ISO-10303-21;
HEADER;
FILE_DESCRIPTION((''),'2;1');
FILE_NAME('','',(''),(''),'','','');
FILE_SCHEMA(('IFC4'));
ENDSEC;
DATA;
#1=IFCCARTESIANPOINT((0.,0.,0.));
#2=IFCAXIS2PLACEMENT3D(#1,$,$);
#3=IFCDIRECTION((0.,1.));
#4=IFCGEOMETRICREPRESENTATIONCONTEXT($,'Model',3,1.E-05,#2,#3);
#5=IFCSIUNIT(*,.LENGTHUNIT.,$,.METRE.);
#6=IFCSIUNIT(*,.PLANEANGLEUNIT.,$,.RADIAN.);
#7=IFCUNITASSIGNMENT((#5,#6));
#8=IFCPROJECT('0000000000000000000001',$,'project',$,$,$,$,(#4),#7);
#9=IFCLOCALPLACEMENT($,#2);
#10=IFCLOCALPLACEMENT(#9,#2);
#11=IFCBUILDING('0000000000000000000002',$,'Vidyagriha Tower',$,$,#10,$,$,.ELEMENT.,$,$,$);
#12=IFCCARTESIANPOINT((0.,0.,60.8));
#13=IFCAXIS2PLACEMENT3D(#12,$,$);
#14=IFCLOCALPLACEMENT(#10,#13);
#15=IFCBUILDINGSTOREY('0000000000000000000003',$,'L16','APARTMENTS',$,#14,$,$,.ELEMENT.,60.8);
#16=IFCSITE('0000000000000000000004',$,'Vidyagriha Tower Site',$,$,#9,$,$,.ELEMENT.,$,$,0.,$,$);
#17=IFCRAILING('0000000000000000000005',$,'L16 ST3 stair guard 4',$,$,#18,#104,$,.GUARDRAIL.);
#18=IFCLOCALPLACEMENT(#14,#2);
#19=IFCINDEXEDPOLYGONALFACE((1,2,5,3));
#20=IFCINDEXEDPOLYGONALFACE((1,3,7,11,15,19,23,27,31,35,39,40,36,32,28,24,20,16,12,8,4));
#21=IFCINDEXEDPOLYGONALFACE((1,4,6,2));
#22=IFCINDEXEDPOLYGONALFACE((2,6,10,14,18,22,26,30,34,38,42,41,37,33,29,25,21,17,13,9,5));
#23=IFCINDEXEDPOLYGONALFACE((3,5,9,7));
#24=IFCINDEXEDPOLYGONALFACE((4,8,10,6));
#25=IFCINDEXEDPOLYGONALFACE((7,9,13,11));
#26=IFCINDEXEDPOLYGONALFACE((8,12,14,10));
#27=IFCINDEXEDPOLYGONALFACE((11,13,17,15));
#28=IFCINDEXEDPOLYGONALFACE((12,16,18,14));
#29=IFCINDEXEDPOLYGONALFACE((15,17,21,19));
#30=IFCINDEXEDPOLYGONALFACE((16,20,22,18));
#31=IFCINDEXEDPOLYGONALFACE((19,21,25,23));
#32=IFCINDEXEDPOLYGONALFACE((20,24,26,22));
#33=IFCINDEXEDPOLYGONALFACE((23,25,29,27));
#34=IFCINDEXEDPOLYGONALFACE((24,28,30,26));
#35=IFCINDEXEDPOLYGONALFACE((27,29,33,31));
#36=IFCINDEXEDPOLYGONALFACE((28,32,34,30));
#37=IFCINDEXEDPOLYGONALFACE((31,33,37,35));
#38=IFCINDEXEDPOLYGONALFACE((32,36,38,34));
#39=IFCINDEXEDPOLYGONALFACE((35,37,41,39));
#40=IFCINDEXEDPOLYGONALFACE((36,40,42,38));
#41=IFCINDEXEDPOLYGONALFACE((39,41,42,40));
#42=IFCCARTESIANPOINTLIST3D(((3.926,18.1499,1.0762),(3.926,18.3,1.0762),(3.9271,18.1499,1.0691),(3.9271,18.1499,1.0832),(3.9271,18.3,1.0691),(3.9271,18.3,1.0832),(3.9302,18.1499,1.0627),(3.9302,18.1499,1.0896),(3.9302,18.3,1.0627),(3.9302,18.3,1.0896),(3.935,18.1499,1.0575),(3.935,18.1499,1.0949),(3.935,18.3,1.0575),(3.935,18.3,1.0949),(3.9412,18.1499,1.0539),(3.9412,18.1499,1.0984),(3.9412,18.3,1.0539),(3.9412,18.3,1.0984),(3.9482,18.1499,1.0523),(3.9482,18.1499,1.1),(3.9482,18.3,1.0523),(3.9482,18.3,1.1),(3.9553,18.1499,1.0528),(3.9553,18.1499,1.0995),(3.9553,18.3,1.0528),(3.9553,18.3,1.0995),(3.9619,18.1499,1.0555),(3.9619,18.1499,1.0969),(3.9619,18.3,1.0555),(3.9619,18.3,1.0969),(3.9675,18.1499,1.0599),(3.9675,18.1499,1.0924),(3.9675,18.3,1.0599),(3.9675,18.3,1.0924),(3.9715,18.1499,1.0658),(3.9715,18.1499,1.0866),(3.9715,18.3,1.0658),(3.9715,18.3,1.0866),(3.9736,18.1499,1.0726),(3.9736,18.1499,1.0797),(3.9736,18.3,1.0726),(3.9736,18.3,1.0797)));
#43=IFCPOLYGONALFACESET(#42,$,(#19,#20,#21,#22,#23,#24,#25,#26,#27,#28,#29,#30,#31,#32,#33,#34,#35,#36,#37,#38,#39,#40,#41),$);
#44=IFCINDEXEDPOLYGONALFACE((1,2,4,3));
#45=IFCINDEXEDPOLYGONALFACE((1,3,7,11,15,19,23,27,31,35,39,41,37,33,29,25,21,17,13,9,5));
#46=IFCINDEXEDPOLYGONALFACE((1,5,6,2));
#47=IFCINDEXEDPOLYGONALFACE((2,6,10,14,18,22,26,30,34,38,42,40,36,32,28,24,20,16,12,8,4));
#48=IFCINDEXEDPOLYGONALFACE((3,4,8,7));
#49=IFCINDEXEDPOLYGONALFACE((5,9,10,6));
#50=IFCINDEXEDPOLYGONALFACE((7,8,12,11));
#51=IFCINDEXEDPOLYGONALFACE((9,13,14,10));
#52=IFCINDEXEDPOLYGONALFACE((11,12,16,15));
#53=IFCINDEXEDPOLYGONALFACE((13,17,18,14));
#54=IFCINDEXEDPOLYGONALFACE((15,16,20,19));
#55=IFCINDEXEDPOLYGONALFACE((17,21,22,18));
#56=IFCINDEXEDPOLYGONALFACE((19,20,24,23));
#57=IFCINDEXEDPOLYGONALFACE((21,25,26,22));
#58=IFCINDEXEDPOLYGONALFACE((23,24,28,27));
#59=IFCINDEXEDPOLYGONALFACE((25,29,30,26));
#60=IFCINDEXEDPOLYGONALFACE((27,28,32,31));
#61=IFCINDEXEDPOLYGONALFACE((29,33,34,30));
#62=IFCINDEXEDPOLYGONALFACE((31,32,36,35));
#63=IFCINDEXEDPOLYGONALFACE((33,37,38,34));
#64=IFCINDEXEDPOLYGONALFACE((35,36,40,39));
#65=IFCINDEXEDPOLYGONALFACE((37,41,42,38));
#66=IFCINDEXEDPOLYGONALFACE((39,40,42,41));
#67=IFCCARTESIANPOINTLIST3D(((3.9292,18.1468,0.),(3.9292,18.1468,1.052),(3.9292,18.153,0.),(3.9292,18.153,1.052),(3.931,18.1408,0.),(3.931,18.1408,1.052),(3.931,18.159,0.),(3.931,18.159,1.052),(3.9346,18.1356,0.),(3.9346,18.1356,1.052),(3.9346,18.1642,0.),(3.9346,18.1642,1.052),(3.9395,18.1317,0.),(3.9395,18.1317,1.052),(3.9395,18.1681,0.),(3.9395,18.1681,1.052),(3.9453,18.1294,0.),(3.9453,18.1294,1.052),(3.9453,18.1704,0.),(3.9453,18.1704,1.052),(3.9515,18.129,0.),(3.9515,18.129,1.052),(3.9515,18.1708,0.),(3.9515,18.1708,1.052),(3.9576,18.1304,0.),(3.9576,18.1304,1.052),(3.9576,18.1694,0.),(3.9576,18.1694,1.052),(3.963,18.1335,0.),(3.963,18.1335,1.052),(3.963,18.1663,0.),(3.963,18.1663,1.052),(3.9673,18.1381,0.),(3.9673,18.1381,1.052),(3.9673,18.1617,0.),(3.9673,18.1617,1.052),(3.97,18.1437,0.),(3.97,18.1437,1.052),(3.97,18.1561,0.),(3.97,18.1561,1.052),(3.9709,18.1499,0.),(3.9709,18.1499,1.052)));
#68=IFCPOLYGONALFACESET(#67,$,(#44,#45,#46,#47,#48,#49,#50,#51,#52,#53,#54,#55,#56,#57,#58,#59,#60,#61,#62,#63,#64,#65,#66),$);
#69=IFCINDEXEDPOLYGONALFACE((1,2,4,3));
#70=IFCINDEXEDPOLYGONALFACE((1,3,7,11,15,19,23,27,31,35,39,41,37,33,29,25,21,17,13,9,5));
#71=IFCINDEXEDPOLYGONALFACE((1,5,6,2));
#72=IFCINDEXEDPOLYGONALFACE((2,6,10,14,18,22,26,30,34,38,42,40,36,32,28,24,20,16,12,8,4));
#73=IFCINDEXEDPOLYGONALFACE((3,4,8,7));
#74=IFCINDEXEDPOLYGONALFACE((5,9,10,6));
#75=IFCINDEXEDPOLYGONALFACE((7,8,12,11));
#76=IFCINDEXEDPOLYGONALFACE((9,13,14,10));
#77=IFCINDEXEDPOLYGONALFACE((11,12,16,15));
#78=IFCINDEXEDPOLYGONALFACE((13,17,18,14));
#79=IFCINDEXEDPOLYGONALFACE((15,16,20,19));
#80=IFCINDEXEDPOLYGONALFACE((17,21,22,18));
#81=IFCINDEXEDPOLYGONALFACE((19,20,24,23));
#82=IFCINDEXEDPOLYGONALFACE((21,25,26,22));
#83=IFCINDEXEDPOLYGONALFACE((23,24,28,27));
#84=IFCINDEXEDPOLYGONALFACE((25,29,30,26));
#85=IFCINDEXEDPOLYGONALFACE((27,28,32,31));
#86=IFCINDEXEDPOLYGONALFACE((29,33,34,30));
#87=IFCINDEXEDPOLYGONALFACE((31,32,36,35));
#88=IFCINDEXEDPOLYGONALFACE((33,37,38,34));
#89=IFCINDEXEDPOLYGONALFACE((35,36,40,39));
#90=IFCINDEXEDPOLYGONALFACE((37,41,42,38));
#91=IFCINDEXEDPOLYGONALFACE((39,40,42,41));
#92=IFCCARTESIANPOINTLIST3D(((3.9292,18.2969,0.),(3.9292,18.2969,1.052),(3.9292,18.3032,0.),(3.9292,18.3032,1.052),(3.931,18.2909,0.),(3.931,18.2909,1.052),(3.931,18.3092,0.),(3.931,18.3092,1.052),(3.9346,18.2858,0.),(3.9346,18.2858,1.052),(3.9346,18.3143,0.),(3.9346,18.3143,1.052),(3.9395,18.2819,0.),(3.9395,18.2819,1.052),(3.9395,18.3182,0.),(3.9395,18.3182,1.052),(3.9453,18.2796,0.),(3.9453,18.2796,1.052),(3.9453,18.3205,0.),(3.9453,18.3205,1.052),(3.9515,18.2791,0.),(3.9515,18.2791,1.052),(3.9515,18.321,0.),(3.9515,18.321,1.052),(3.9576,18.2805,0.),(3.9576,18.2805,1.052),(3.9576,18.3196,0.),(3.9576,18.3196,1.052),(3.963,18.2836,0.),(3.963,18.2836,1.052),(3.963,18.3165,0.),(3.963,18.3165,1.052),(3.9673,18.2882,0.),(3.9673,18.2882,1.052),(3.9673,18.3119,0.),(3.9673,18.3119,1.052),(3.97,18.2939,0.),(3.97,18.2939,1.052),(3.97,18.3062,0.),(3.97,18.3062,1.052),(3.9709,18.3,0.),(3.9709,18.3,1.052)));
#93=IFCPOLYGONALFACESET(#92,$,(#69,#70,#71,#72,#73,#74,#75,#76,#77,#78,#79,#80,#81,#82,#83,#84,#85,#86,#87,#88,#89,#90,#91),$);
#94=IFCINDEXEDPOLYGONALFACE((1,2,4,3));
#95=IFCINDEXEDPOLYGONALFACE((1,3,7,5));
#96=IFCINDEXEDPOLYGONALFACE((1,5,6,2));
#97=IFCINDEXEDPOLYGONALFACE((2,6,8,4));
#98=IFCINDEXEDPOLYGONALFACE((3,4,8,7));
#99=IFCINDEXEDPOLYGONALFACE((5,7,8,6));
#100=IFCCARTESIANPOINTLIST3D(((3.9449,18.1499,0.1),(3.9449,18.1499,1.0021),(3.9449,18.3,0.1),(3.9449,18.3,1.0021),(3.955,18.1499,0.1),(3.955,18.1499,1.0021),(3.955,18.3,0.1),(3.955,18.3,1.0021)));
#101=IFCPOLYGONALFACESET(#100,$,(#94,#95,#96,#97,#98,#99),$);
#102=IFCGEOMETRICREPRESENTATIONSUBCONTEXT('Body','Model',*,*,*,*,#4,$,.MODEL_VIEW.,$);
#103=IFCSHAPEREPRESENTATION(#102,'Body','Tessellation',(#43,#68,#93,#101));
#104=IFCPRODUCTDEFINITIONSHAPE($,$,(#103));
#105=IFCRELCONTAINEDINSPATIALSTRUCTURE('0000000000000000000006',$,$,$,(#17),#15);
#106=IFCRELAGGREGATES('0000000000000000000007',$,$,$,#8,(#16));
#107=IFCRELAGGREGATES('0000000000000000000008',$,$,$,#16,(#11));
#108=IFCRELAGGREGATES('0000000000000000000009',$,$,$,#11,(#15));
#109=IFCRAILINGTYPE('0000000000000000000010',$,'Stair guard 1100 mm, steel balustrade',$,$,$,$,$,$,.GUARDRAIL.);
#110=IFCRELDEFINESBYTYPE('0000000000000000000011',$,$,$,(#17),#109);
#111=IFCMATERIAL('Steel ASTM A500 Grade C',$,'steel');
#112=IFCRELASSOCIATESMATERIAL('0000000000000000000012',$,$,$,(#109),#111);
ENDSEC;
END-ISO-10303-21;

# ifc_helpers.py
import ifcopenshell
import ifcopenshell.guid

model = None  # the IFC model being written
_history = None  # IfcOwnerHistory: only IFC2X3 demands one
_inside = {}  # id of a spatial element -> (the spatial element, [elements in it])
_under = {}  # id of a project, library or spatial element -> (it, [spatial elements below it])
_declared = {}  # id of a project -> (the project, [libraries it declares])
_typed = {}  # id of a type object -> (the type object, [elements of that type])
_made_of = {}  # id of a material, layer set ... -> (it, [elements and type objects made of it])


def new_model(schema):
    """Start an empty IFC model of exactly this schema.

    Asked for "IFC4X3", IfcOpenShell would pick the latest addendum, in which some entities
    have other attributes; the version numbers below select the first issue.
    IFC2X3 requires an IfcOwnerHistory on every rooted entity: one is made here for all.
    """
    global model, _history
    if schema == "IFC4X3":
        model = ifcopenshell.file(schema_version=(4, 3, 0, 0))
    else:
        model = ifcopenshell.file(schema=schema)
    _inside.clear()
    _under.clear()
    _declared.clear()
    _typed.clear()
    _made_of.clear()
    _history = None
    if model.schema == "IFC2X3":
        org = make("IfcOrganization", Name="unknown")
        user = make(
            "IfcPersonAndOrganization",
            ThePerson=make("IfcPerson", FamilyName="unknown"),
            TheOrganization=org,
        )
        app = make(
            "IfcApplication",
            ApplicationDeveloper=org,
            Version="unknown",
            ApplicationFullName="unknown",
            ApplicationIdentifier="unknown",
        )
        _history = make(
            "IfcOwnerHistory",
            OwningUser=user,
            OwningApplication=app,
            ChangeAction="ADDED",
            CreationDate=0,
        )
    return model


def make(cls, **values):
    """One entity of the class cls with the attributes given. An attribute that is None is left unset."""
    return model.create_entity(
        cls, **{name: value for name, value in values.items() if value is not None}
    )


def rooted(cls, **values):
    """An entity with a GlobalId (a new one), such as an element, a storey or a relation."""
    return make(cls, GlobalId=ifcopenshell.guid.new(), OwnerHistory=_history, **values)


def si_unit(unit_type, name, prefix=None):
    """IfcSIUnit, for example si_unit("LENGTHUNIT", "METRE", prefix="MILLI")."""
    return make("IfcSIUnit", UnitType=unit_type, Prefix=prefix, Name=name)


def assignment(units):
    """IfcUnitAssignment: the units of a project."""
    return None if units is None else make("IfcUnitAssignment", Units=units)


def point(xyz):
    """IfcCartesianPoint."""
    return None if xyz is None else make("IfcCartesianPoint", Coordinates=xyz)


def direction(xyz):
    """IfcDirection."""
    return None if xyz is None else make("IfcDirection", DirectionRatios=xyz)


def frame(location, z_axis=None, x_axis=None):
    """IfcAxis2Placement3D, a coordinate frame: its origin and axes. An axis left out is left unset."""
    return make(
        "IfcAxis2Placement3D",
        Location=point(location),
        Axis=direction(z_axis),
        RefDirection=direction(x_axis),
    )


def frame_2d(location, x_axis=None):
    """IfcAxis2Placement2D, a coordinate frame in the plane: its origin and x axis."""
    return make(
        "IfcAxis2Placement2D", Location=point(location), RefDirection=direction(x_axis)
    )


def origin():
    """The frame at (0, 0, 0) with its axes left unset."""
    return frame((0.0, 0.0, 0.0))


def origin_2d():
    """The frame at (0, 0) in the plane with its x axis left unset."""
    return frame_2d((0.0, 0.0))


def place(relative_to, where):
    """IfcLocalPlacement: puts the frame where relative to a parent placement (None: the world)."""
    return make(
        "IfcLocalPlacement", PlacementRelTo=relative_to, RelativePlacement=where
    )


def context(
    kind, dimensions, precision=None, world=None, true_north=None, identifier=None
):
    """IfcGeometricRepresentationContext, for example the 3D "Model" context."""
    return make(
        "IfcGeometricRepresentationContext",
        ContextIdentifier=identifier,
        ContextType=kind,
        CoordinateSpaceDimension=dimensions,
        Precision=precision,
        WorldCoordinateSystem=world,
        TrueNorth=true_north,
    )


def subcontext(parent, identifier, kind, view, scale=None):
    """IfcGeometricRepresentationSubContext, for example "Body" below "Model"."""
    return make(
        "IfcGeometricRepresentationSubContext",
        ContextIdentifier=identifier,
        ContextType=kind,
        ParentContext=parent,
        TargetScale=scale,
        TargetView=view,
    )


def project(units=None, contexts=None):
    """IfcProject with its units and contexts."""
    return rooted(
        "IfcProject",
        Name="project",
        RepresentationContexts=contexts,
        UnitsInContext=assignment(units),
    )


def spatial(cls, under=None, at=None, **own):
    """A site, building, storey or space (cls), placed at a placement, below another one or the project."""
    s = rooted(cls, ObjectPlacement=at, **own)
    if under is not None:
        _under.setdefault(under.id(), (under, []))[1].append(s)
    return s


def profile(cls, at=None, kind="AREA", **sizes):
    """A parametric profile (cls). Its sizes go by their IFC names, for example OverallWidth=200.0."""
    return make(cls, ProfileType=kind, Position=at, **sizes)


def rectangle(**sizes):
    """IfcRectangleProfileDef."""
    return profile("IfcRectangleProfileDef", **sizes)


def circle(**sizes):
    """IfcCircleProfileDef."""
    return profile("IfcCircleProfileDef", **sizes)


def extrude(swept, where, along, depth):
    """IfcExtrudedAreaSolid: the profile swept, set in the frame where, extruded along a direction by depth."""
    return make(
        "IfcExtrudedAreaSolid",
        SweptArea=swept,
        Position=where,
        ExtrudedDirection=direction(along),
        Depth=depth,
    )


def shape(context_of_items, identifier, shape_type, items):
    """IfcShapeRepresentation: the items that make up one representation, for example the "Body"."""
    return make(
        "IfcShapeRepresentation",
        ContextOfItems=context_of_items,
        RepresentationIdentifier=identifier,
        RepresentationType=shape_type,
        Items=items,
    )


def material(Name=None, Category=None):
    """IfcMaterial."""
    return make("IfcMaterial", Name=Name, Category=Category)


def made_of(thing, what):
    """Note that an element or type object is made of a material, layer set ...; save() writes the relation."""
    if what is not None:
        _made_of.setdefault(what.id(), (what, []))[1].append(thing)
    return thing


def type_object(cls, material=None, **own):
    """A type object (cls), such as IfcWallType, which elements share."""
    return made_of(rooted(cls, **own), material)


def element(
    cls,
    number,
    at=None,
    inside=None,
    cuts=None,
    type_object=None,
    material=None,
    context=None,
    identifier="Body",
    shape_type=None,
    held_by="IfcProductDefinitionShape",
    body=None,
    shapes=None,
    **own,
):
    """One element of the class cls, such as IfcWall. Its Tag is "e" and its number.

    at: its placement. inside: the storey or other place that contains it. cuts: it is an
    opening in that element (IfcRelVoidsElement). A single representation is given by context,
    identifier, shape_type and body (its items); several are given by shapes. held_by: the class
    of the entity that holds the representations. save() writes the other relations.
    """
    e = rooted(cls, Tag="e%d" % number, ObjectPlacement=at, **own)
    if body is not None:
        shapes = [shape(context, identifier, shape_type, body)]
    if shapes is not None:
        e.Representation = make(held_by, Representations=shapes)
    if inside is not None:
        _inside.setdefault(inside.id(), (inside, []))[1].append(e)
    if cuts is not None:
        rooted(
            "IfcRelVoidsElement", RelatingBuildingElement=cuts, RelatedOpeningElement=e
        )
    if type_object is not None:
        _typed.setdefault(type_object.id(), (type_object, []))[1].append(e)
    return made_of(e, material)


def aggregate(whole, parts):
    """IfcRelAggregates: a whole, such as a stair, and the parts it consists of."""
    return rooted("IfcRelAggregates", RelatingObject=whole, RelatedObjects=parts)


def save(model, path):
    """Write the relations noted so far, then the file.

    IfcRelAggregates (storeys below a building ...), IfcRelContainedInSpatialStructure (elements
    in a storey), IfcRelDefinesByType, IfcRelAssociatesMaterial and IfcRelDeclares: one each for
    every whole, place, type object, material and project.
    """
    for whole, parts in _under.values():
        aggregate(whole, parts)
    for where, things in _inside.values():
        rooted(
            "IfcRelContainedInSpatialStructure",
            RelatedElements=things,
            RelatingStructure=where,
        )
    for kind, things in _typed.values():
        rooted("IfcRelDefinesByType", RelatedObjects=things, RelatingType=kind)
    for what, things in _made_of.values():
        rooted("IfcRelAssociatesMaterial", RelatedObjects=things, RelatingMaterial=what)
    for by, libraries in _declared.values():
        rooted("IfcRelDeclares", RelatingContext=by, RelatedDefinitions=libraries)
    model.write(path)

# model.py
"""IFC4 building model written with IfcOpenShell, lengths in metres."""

from ifc_helpers import new_model, si_unit, direction, frame, origin, origin_2d, place, context, subcontext, project, spatial, rectangle, circle, extrude, material, type_object, element, save


model = new_model("IFC4")

# Units and contexts
model_context = context("Model", 3, precision=1e-05, world=origin(), true_north=direction((0.0, 1.0)))
body_context = subcontext(model_context, "Body", "Model", "MODEL_VIEW")
ifc_project = project(units=[si_unit("LENGTHUNIT", "METRE"), si_unit("PLANEANGLEUNIT", "RADIAN")], contexts=[model_context])

# Site, building, storey
site_placement = place(None, origin())
site = spatial("IfcSite", under=ifc_project, at=site_placement, Name="Vidyagriha Tower Site", CompositionType="ELEMENT", RefElevation=0.0)
building_placement = place(site_placement, origin())
building = spatial("IfcBuilding", under=site, at=building_placement, Name="Vidyagriha Tower", CompositionType="ELEMENT")
storey_placement = place(building_placement, frame((0.0, 0.0, 60.8)))
storey = spatial("IfcBuildingStorey", under=building, at=storey_placement, Name="L16", Description="APARTMENTS", CompositionType="ELEMENT", Elevation=60.8)

# Railing
ifc_material_1 = material(Name="Steel ASTM A500 Grade C", Category="steel")
railing_type_1 = type_object("IfcRailingType", Name="Stair guard 1100 mm, steel balustrade", PredefinedType="GUARDRAIL", material=ifc_material_1)
railing_1_placement = place(storey_placement, frame((3.95, 18.1499, 0.0)))
element("IfcRailing", 1, at=railing_1_placement, inside=storey, type_object=railing_type_1, Name="L16 ST3 stair guard 4", PredefinedType="GUARDRAIL", context=body_context, shape_type="SweptSolid", body=[
    extrude(circle(Radius=0.0239, at=origin_2d()), frame((0.0, 0.0, 1.0762), z_axis=(0.0, 1.0, 0.0), x_axis=(-1.0, 0.0, 0.0)), (0.0, 0.0, 1.0), 0.1501),
    extrude(circle(Radius=0.021, at=origin_2d()), origin(), (0.0, 0.0, 1.0), 1.052),
    extrude(circle(Radius=0.021, at=origin_2d()), frame((0.0, 0.1501, 0.0)), (0.0, 0.0, 1.0), 1.052),
    extrude(rectangle(XDim=0.01, YDim=0.9021, at=origin_2d()), frame((0.0, 0.0, 0.551), z_axis=(0.0, 1.0, 0.0), x_axis=(-1.0, 0.0, 0.0)), (0.0, 0.0, 1.0), 0.1501),
])

save(model, "model.ifc")
